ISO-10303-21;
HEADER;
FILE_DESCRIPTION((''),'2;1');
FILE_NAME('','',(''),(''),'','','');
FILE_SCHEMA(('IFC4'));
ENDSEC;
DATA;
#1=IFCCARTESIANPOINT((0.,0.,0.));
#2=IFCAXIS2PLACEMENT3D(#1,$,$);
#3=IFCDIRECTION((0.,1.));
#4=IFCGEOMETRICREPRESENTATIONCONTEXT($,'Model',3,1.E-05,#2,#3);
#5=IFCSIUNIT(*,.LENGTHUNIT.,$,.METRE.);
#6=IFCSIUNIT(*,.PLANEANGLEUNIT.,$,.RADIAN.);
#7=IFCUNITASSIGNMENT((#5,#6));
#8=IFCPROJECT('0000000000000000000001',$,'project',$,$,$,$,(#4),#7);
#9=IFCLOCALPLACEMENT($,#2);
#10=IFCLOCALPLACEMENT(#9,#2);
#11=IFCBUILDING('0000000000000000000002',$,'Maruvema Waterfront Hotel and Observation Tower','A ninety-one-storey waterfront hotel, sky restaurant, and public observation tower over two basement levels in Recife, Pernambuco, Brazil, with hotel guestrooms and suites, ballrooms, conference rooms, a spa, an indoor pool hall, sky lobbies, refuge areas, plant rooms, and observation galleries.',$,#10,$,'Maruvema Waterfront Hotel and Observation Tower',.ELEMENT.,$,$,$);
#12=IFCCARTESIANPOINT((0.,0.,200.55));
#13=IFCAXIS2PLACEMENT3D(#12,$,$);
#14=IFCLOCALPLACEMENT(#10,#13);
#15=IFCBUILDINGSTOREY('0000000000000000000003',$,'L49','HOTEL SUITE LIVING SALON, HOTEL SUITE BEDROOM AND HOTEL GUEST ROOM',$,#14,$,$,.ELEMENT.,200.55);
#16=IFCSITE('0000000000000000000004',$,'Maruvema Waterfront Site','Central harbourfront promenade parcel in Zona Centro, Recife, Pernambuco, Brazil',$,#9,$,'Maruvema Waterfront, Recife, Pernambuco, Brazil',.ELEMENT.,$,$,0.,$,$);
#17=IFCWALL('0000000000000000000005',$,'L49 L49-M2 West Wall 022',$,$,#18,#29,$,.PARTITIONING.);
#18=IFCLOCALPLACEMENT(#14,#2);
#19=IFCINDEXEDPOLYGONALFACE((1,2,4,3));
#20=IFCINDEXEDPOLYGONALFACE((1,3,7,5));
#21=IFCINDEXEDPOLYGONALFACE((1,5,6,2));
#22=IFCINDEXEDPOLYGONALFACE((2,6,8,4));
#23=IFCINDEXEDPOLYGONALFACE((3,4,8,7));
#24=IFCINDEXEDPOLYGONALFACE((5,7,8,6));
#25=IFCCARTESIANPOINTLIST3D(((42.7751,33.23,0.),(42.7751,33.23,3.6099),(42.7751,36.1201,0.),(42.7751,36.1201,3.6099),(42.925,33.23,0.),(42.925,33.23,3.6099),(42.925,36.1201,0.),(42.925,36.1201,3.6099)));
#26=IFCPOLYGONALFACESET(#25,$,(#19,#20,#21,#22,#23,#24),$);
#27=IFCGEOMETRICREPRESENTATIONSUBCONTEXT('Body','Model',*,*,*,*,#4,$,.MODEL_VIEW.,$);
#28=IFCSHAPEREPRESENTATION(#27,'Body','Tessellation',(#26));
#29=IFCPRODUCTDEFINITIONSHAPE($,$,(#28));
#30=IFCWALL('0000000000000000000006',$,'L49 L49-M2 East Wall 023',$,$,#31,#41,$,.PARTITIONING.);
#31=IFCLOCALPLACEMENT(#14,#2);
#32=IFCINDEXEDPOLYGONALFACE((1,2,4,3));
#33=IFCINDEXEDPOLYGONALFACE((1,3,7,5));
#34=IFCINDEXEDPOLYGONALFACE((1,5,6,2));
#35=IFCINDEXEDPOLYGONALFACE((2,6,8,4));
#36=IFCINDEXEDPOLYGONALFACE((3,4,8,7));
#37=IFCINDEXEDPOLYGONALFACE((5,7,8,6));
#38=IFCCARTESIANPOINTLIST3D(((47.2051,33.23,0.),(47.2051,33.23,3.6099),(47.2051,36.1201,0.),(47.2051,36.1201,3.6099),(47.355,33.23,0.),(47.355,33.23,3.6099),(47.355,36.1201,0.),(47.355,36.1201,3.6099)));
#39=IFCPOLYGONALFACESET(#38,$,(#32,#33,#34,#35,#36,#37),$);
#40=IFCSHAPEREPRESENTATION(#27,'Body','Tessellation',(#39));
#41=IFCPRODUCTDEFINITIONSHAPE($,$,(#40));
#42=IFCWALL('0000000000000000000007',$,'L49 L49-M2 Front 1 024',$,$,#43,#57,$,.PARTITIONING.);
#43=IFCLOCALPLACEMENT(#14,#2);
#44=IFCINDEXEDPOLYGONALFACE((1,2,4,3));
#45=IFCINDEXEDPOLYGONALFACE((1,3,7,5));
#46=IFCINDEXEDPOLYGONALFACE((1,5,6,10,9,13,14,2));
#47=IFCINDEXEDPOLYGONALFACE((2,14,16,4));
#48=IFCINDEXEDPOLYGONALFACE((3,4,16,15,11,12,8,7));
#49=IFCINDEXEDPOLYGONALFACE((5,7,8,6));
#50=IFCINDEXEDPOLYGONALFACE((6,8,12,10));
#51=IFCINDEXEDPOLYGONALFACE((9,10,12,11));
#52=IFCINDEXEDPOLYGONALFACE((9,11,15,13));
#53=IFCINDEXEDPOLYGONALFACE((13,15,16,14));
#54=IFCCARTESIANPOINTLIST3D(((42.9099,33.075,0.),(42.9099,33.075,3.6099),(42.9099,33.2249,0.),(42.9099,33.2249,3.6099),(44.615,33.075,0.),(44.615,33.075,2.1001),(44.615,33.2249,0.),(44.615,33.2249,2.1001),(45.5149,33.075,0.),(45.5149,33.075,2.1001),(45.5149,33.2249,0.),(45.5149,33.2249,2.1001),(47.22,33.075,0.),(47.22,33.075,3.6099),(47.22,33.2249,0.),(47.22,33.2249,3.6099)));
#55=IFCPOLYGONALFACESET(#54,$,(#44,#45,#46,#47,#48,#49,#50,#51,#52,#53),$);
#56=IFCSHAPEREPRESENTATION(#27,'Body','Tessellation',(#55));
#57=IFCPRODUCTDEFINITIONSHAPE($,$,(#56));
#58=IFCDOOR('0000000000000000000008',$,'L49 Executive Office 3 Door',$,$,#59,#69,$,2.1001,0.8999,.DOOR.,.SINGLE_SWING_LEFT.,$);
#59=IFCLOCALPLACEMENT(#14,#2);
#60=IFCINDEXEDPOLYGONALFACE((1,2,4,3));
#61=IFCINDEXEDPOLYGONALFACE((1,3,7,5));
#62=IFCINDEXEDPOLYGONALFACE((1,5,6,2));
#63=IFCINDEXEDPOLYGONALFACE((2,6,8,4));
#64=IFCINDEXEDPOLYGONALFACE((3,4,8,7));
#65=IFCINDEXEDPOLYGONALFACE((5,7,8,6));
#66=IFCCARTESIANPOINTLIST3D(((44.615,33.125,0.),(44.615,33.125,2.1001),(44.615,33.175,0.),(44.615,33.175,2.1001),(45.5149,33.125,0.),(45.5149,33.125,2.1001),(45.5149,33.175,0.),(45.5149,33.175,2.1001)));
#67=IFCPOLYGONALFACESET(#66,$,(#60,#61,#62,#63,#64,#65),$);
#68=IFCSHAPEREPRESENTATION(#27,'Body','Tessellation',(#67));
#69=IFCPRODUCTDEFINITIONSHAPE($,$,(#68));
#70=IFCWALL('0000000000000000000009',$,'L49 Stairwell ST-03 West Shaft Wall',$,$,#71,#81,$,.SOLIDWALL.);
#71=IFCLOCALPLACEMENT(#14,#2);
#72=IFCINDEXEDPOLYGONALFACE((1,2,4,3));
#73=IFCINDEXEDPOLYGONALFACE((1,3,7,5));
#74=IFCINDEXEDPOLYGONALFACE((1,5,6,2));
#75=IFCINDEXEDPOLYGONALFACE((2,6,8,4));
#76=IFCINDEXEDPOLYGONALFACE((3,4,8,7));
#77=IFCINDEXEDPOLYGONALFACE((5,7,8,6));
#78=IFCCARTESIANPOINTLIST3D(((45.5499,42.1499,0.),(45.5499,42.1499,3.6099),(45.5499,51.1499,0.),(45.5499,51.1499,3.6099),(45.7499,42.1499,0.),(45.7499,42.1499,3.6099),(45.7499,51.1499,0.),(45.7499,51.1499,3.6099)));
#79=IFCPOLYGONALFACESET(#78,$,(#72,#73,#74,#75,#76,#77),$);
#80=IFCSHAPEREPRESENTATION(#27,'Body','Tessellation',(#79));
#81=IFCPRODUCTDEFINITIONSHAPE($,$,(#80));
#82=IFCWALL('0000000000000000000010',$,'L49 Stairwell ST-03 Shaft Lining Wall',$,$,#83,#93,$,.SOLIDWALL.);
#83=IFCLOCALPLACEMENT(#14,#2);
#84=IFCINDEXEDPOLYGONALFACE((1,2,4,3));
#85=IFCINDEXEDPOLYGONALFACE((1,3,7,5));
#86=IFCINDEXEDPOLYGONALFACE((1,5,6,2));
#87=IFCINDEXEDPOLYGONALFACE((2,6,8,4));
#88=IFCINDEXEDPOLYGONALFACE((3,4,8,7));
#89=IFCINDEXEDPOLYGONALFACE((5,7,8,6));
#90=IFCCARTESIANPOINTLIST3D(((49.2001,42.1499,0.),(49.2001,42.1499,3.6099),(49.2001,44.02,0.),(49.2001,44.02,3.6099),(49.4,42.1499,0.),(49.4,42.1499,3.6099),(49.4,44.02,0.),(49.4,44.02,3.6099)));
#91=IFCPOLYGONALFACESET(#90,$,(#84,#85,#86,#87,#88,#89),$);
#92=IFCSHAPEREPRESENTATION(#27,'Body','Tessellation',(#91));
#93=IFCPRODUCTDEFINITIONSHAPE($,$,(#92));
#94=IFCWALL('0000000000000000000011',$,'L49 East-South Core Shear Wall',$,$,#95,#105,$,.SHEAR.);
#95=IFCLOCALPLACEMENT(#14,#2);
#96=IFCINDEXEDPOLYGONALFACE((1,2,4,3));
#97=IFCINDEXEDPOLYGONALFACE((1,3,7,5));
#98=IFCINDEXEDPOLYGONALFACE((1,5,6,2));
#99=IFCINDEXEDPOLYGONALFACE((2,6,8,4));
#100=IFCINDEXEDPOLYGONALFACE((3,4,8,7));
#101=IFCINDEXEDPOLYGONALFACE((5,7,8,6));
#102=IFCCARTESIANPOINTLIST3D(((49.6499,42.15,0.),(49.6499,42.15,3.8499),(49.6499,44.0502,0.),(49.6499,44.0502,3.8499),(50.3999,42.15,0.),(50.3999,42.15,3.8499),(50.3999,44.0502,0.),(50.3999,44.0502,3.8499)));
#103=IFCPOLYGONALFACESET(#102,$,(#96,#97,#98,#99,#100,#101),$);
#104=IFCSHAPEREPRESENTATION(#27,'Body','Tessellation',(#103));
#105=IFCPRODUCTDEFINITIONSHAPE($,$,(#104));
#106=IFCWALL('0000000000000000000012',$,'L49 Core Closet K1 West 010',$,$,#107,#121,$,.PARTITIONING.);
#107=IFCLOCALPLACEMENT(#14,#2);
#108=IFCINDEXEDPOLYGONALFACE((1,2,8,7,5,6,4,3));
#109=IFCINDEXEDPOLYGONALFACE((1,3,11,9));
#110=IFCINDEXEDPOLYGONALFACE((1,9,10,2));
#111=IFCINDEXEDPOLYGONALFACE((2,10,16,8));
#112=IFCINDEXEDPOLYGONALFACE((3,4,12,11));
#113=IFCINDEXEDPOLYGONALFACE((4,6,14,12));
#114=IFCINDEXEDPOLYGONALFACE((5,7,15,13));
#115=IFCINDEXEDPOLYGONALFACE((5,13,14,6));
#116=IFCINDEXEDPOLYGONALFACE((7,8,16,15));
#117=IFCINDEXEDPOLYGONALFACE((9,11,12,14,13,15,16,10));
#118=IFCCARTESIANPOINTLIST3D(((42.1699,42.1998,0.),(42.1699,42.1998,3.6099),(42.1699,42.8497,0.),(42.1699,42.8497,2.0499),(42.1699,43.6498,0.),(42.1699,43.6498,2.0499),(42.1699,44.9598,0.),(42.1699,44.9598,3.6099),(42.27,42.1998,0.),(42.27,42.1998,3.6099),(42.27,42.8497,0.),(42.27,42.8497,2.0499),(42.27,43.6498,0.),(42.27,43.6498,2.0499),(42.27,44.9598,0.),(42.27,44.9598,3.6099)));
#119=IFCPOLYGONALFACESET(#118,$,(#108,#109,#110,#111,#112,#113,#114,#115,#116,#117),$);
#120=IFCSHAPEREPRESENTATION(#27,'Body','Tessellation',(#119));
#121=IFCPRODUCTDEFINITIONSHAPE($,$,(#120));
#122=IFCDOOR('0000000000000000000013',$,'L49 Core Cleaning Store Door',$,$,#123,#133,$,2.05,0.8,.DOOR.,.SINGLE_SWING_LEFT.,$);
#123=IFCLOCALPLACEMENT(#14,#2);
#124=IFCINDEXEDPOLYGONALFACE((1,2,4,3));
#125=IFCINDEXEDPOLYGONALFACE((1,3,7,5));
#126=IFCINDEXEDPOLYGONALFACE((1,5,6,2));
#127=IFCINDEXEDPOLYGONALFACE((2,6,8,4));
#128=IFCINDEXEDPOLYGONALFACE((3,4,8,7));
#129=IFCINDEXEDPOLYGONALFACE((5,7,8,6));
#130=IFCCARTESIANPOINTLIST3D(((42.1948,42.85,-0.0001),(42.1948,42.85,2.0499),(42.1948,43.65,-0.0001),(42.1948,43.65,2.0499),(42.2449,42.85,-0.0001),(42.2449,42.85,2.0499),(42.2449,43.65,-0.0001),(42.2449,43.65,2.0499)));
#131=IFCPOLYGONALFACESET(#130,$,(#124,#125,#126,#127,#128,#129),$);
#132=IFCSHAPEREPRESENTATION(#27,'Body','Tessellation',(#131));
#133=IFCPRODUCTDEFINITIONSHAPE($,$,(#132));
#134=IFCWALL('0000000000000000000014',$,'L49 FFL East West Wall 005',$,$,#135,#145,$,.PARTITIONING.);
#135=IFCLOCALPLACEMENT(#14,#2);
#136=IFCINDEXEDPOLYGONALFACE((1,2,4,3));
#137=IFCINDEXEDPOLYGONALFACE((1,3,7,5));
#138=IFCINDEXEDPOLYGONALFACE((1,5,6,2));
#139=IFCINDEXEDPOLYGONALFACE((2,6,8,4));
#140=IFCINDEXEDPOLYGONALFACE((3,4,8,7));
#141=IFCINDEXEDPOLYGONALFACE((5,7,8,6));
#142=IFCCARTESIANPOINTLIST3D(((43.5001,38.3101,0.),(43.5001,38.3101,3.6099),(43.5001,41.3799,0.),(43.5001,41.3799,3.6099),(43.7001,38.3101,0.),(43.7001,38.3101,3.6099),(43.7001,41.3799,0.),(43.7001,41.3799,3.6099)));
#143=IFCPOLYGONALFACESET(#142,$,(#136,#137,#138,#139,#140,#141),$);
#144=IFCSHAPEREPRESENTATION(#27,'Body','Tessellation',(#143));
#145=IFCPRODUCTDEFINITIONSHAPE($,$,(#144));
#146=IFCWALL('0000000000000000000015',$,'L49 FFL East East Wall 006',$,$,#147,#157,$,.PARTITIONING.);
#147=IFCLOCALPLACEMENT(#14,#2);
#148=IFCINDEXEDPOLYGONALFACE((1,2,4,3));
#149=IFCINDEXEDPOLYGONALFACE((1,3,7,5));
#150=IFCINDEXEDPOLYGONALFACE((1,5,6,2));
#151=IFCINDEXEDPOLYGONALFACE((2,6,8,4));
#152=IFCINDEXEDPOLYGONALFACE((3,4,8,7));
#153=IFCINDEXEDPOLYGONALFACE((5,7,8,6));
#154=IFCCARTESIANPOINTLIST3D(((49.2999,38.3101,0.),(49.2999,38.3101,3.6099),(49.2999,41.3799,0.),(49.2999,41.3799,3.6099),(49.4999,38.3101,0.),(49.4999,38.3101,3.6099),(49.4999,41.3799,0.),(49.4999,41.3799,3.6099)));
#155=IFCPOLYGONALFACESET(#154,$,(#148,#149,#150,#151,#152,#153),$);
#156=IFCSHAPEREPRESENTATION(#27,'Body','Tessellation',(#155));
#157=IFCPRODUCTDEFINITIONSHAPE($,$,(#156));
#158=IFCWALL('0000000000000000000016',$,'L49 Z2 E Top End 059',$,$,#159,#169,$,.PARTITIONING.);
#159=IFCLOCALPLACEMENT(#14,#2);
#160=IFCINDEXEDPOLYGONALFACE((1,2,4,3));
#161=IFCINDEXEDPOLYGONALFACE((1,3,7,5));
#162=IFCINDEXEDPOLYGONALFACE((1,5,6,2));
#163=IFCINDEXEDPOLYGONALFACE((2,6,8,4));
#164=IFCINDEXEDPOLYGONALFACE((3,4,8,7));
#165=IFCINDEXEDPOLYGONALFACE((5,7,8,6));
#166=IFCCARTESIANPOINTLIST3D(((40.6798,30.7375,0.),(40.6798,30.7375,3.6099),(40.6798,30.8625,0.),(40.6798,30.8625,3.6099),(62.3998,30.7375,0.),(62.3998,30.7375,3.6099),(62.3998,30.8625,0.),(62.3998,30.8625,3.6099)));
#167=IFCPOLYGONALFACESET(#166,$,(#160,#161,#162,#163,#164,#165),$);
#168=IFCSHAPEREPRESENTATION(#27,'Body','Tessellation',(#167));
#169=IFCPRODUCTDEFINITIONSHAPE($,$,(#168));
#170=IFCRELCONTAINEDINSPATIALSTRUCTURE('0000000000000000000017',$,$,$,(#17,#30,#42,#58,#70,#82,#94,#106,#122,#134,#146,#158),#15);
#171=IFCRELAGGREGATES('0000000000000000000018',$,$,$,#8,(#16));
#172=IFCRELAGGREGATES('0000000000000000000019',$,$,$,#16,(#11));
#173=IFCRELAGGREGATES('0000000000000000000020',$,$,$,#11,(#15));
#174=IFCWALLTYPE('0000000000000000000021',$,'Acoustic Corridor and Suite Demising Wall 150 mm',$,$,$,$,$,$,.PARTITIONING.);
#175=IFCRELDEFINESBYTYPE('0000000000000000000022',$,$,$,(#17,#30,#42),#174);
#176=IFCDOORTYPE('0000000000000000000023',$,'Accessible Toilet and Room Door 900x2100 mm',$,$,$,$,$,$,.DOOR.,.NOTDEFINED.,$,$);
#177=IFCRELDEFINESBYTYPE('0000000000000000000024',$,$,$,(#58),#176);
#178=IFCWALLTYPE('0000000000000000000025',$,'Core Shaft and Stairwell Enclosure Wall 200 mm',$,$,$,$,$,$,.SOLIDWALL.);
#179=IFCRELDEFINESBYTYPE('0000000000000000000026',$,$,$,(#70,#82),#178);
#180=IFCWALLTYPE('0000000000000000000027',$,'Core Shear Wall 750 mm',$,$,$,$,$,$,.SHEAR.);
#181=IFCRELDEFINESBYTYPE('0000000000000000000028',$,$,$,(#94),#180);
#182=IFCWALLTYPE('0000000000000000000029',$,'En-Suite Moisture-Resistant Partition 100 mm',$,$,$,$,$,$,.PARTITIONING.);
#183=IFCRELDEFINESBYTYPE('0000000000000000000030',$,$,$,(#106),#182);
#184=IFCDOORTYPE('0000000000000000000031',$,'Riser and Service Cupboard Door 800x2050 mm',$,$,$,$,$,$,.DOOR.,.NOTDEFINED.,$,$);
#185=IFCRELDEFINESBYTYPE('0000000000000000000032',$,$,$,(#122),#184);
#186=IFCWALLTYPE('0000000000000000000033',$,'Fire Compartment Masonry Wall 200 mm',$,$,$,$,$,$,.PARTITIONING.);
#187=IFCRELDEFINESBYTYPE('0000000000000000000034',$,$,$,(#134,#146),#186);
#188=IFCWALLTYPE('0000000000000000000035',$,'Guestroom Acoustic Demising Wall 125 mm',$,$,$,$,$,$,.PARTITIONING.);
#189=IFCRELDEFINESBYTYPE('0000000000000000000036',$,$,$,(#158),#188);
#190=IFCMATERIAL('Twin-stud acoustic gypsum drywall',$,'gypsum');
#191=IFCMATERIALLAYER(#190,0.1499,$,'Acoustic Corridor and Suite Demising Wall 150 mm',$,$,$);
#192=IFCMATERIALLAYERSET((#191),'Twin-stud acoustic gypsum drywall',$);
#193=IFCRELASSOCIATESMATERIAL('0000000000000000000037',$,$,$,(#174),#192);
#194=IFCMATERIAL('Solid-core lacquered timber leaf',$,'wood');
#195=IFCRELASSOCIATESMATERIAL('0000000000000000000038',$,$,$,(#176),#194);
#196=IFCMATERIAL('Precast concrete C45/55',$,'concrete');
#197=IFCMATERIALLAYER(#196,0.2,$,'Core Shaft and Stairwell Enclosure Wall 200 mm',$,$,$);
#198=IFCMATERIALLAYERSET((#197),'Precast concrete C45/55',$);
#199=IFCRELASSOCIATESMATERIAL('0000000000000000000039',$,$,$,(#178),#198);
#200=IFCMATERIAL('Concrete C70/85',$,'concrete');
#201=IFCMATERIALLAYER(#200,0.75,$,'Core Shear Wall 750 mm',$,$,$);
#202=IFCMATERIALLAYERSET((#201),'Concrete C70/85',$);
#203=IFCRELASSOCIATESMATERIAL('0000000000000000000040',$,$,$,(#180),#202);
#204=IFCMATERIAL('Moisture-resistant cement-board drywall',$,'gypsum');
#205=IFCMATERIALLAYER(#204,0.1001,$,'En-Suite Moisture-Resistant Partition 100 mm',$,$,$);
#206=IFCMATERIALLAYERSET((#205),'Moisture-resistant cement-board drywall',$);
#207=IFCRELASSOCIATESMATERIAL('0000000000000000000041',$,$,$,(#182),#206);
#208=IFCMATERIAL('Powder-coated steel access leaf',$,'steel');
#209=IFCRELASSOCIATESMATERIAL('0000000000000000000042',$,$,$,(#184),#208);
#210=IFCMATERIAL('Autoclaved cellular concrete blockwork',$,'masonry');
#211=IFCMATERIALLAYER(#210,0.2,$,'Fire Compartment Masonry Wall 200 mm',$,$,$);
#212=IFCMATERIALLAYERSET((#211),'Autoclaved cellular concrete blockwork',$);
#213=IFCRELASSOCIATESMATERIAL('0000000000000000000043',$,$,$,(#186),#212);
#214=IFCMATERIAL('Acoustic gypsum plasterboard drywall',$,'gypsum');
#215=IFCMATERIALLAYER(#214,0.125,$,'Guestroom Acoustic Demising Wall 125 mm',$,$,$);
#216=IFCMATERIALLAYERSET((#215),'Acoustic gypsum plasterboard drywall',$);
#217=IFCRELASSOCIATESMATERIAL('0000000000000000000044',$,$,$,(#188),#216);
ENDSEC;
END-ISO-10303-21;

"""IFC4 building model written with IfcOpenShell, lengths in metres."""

from ifc_helpers import new_model, si_unit, direction, frame, frame_2d, origin, place, context, subcontext, project, spatial, rectangle, extrude, material, layer, layer_set, type_object, element, fill, save


model = new_model("IFC4")

# Units and contexts
model_context = context("Model", 3, precision=1e-05, world=origin(), true_north=direction((0.0, 1.0)))
body_context = subcontext(model_context, "Body", "Model", "MODEL_VIEW")
ifc_project = project(units=[si_unit("LENGTHUNIT", "METRE"), si_unit("PLANEANGLEUNIT", "RADIAN")], contexts=[model_context])

# Site, building, storey
site_placement = place(None, origin())
site = spatial("IfcSite", under=ifc_project, at=site_placement, Name="Maruvema Waterfront Site", Description="Central harbourfront promenade parcel in Zona Centro, Recife, Pernambuco, Brazil", LongName="Maruvema Waterfront, Recife, Pernambuco, Brazil", CompositionType="ELEMENT", RefElevation=0.0)
building_placement = place(site_placement, origin())
building = spatial("IfcBuilding", under=site, at=building_placement, Name="Maruvema Waterfront Hotel and Observation Tower", Description="A ninety-one-storey waterfront hotel, sky restaurant, and public observation tower over two basement levels in Recife, Pernambuco, Brazil, with hotel guestrooms and suites, ballrooms, conference rooms, a spa, an indoor pool hall, sky lobbies, refuge areas, plant rooms, and observation galleries.", LongName="Maruvema Waterfront Hotel and Observation Tower", CompositionType="ELEMENT")
storey_placement = place(building_placement, frame((0.0, 0.0, 200.55)))
storey = spatial("IfcBuildingStorey", under=building, at=storey_placement, Name="L49", Description="HOTEL SUITE LIVING SALON, HOTEL SUITE BEDROOM AND HOTEL GUEST ROOM", CompositionType="ELEMENT", Elevation=200.55)

# Walls
ifc_material_1 = material(Name="Twin-stud acoustic gypsum drywall", Category="gypsum")
ifc_layer_1 = layer(ifc_material_1, 0.1499, Name="Acoustic Corridor and Suite Demising Wall 150 mm")
ifc_layer_set_1 = layer_set([ifc_layer_1], Name="Twin-stud acoustic gypsum drywall")
wall_type_1 = type_object("IfcWallType", Name="Acoustic Corridor and Suite Demising Wall 150 mm", PredefinedType="PARTITIONING", material=ifc_layer_set_1)
for number, where, z_axis, x_axis, name in (
    (1, (42.8501, 33.23, 0.0), (0.0, 0.0, 1.0), (0.0, 1.0, 0.0), "L49 L49-M2 West Wall 022"),
    (2, (47.28, 33.23, 0.0), (0.0, 0.0, 1.0), (0.0, 1.0, 0.0), "L49 L49-M2 East Wall 023"),
):
    element("IfcWall", number, at=place(storey_placement, frame(where, z_axis=z_axis, x_axis=x_axis)), inside=storey, type_object=wall_type_1, Name=name, PredefinedType="PARTITIONING", context=body_context, shape_type="SweptSolid", body=[
        extrude(rectangle(XDim=2.8901, YDim=0.1499, at=frame_2d((1.4451, 0.0))), origin(), (0.0, 0.0, 1.0), 3.6099),
    ])

# Wall, opening, door
wall_1_placement = place(storey_placement, frame((42.9099, 33.1499, 0.0), z_axis=(0.0, 0.0, 1.0), x_axis=(1.0, 0.0, 0.0)))
wall_1 = element("IfcWall", 3, at=wall_1_placement, inside=storey, type_object=wall_type_1, Name="L49 L49-M2 Front 1 024", PredefinedType="PARTITIONING", context=body_context, shape_type="SweptSolid", body=[
    extrude(rectangle(XDim=4.3101, YDim=0.1499, at=frame_2d((2.155, 0.0))), origin(), (0.0, 0.0, 1.0), 3.6099),
])
opening_1_placement = place(wall_1_placement, frame((1.7051, 0.0, 0.0)))
opening_1 = element("IfcOpeningElement", 4, at=opening_1_placement, cuts=wall_1, PredefinedType="OPENING", context=body_context, shape_type="SweptSolid", body=[
    extrude(rectangle(XDim=0.8999, YDim=2.1001, at=frame_2d((0.45, 1.05))), frame((0.0, 0.085, 0.0), z_axis=(0.0, -1.0, 0.0), x_axis=(1.0, 0.0, 0.0)), (0.0, 0.0, 1.0), 0.1699),
])
ifc_material_2 = material(Name="Solid-core lacquered timber leaf", Category="wood")
door_type_1 = type_object("IfcDoorType", Name="Accessible Toilet and Room Door 900x2100 mm", OperationType="NOTDEFINED", PredefinedType="DOOR", material=ifc_material_2)
door_1_placement = place(opening_1_placement, frame((0.8999, 0.0, 0.0), z_axis=(0.0, 0.0, 1.0), x_axis=(-1.0, 0.0, 0.0)))
door_1 = element("IfcDoor", 5, at=door_1_placement, inside=storey, type_object=door_type_1, Name="L49 Executive Office 3 Door", OperationType="SINGLE_SWING_LEFT", OverallHeight=2.1001, OverallWidth=0.8999, PredefinedType="DOOR", context=body_context, shape_type="SweptSolid", body=[
    extrude(rectangle(XDim=0.8999, YDim=2.1001, at=frame_2d((0.45, 1.05))), frame((0.0, 0.0249, 0.0), z_axis=(0.0, -1.0, 0.0), x_axis=(1.0, 0.0, 0.0)), (0.0, 0.0, 1.0), 0.05),
])
fill(opening_1, door_1)

# Walls
ifc_material_3 = material(Name="Precast concrete C45/55", Category="concrete")
ifc_layer_2 = layer(ifc_material_3, 0.2, Name="Core Shaft and Stairwell Enclosure Wall 200 mm")
ifc_layer_set_2 = layer_set([ifc_layer_2], Name="Precast concrete C45/55")
wall_type_2 = type_object("IfcWallType", Name="Core Shaft and Stairwell Enclosure Wall 200 mm", PredefinedType="SOLIDWALL", material=ifc_layer_set_2)
wall_2_placement = place(storey_placement, frame((45.6499, 42.1499, 0.0), z_axis=(0.0, 0.0, 1.0), x_axis=(0.0, 1.0, 0.0)))
element("IfcWall", 6, at=wall_2_placement, inside=storey, type_object=wall_type_2, Name="L49 Stairwell ST-03 West Shaft Wall", PredefinedType="SOLIDWALL", context=body_context, shape_type="SweptSolid", body=[
    extrude(rectangle(XDim=9.0, YDim=0.2, at=frame_2d((4.5, 0.0))), origin(), (0.0, 0.0, 1.0), 3.6099),
])
wall_3_placement = place(storey_placement, frame((49.3, 42.1499, 0.0), z_axis=(0.0, 0.0, 1.0), x_axis=(0.0, 1.0, 0.0)))
element("IfcWall", 7, at=wall_3_placement, inside=storey, type_object=wall_type_2, Name="L49 Stairwell ST-03 Shaft Lining Wall", PredefinedType="SOLIDWALL", context=body_context, shape_type="SweptSolid", body=[
    extrude(rectangle(XDim=1.8701, YDim=0.2, at=frame_2d((0.9351, 0.0))), origin(), (0.0, 0.0, 1.0), 3.6099),
])

# Shared definitions
ifc_material_4 = material(Name="Concrete C70/85", Category="concrete")
ifc_layer_3 = layer(ifc_material_4, 0.75, Name="Core Shear Wall 750 mm")
ifc_layer_set_3 = layer_set([ifc_layer_3], Name="Concrete C70/85")
wall_type_3 = type_object("IfcWallType", Name="Core Shear Wall 750 mm", PredefinedType="SHEAR", material=ifc_layer_set_3)

# Wall
wall_4_placement = place(storey_placement, frame((50.0249, 42.1499, 0.0), z_axis=(0.0, 0.0, 1.0), x_axis=(0.0, 1.0, 0.0)))
element("IfcWall", 8, at=wall_4_placement, inside=storey, type_object=wall_type_3, Name="L49 East-South Core Shear Wall", PredefinedType="SHEAR", context=body_context, shape_type="SweptSolid", body=[
    extrude(rectangle(XDim=1.9001, YDim=0.75, at=frame_2d((0.9502, 0.0))), origin(), (0.0, 0.0, 1.0), 3.8499),
])

# Wall, opening, door
ifc_material_5 = material(Name="Moisture-resistant cement-board drywall", Category="gypsum")
ifc_layer_4 = layer(ifc_material_5, 0.1001, Name="En-Suite Moisture-Resistant Partition 100 mm")
ifc_layer_set_4 = layer_set([ifc_layer_4], Name="Moisture-resistant cement-board drywall")
wall_type_4 = type_object("IfcWallType", Name="En-Suite Moisture-Resistant Partition 100 mm", PredefinedType="PARTITIONING", material=ifc_layer_set_4)
wall_5_placement = place(storey_placement, frame((42.22, 42.2, 0.0), z_axis=(0.0, 0.0, 1.0), x_axis=(0.0, 1.0, 0.0)))
wall_5 = element("IfcWall", 9, at=wall_5_placement, inside=storey, type_object=wall_type_4, Name="L49 Core Closet K1 West 010", PredefinedType="PARTITIONING", context=body_context, shape_type="SweptSolid", body=[
    extrude(rectangle(XDim=2.76, YDim=0.1001, at=frame_2d((1.3799, 0.0))), origin(), (0.0, 0.0, 1.0), 3.6099),
])
opening_2_placement = place(wall_5_placement, frame((0.6499, 0.0, 0.0)))
opening_2 = element("IfcOpeningElement", 10, at=opening_2_placement, cuts=wall_5, PredefinedType="OPENING", context=body_context, shape_type="SweptSolid", body=[
    extrude(rectangle(XDim=0.8, YDim=2.05, at=frame_2d((0.3999, 1.0249))), frame((0.0, 0.0601, 0.0), z_axis=(0.0, -1.0, 0.0), x_axis=(1.0, 0.0, 0.0)), (0.0, 0.0, 1.0), 0.1201),
])
ifc_material_6 = material(Name="Powder-coated steel access leaf", Category="steel")
door_type_2 = type_object("IfcDoorType", Name="Riser and Service Cupboard Door 800x2050 mm", OperationType="NOTDEFINED", PredefinedType="DOOR", material=ifc_material_6)
door_2_placement = place(opening_2_placement, frame((0.8, 0.0, 0.0), z_axis=(0.0, 0.0, 1.0), x_axis=(-1.0, 0.0, 0.0)))
door_2 = element("IfcDoor", 11, at=door_2_placement, inside=storey, type_object=door_type_2, Name="L49 Core Cleaning Store Door", OperationType="SINGLE_SWING_LEFT", OverallHeight=2.05, OverallWidth=0.8, PredefinedType="DOOR", context=body_context, shape_type="SweptSolid", body=[
    extrude(rectangle(XDim=0.8, YDim=2.05, at=frame_2d((0.3999, 1.0249))), frame((0.0, 0.0249, 0.0), z_axis=(0.0, -1.0, 0.0), x_axis=(1.0, 0.0, 0.0)), (0.0, 0.0, 1.0), 0.05),
])
fill(opening_2, door_2)
ifc_material_7 = material(Name="Autoclaved cellular concrete blockwork", Category="masonry")
ifc_layer_5 = layer(ifc_material_7, 0.2, Name="Fire Compartment Masonry Wall 200 mm")
ifc_layer_set_5 = layer_set([ifc_layer_5], Name="Autoclaved cellular concrete blockwork")
wall_type_5 = type_object("IfcWallType", Name="Fire Compartment Masonry Wall 200 mm", PredefinedType="PARTITIONING", material=ifc_layer_set_5)

# Walls
for number, where, z_axis, x_axis, name in (
    (12, (43.6001, 38.3101, 0.0), (0.0, 0.0, 1.0), (0.0, 1.0, 0.0), "L49 FFL East West Wall 005"),
    (13, (49.3999, 38.3101, 0.0), (0.0, 0.0, 1.0), (0.0, 1.0, 0.0), "L49 FFL East East Wall 006"),
):
    element("IfcWall", number, at=place(storey_placement, frame(where, z_axis=z_axis, x_axis=x_axis)), inside=storey, type_object=wall_type_5, Name=name, PredefinedType="PARTITIONING", context=body_context, shape_type="SweptSolid", body=[
        extrude(rectangle(XDim=3.0698, YDim=0.2, at=frame_2d((1.5349, 0.0))), origin(), (0.0, 0.0, 1.0), 3.6099),
    ])
ifc_material_8 = material(Name="Acoustic gypsum plasterboard drywall", Category="gypsum")
ifc_layer_6 = layer(ifc_material_8, 0.125, Name="Guestroom Acoustic Demising Wall 125 mm")
ifc_layer_set_6 = layer_set([ifc_layer_6], Name="Acoustic gypsum plasterboard drywall")
wall_type_6 = type_object("IfcWallType", Name="Guestroom Acoustic Demising Wall 125 mm", PredefinedType="PARTITIONING", material=ifc_layer_set_6)
wall_6_placement = place(storey_placement, frame((40.6799, 30.8, 0.0), z_axis=(0.0, 0.0, 1.0), x_axis=(1.0, 0.0, 0.0)))
element("IfcWall", 14, at=wall_6_placement, inside=storey, type_object=wall_type_6, Name="L49 Z2 E Top End 059", PredefinedType="PARTITIONING", context=body_context, shape_type="SweptSolid", body=[
    extrude(rectangle(XDim=21.72, YDim=0.125, at=frame_2d((10.8599, 0.0))), origin(), (0.0, 0.0, 1.0), 3.6099),
])

save(model, "model.ifc")
